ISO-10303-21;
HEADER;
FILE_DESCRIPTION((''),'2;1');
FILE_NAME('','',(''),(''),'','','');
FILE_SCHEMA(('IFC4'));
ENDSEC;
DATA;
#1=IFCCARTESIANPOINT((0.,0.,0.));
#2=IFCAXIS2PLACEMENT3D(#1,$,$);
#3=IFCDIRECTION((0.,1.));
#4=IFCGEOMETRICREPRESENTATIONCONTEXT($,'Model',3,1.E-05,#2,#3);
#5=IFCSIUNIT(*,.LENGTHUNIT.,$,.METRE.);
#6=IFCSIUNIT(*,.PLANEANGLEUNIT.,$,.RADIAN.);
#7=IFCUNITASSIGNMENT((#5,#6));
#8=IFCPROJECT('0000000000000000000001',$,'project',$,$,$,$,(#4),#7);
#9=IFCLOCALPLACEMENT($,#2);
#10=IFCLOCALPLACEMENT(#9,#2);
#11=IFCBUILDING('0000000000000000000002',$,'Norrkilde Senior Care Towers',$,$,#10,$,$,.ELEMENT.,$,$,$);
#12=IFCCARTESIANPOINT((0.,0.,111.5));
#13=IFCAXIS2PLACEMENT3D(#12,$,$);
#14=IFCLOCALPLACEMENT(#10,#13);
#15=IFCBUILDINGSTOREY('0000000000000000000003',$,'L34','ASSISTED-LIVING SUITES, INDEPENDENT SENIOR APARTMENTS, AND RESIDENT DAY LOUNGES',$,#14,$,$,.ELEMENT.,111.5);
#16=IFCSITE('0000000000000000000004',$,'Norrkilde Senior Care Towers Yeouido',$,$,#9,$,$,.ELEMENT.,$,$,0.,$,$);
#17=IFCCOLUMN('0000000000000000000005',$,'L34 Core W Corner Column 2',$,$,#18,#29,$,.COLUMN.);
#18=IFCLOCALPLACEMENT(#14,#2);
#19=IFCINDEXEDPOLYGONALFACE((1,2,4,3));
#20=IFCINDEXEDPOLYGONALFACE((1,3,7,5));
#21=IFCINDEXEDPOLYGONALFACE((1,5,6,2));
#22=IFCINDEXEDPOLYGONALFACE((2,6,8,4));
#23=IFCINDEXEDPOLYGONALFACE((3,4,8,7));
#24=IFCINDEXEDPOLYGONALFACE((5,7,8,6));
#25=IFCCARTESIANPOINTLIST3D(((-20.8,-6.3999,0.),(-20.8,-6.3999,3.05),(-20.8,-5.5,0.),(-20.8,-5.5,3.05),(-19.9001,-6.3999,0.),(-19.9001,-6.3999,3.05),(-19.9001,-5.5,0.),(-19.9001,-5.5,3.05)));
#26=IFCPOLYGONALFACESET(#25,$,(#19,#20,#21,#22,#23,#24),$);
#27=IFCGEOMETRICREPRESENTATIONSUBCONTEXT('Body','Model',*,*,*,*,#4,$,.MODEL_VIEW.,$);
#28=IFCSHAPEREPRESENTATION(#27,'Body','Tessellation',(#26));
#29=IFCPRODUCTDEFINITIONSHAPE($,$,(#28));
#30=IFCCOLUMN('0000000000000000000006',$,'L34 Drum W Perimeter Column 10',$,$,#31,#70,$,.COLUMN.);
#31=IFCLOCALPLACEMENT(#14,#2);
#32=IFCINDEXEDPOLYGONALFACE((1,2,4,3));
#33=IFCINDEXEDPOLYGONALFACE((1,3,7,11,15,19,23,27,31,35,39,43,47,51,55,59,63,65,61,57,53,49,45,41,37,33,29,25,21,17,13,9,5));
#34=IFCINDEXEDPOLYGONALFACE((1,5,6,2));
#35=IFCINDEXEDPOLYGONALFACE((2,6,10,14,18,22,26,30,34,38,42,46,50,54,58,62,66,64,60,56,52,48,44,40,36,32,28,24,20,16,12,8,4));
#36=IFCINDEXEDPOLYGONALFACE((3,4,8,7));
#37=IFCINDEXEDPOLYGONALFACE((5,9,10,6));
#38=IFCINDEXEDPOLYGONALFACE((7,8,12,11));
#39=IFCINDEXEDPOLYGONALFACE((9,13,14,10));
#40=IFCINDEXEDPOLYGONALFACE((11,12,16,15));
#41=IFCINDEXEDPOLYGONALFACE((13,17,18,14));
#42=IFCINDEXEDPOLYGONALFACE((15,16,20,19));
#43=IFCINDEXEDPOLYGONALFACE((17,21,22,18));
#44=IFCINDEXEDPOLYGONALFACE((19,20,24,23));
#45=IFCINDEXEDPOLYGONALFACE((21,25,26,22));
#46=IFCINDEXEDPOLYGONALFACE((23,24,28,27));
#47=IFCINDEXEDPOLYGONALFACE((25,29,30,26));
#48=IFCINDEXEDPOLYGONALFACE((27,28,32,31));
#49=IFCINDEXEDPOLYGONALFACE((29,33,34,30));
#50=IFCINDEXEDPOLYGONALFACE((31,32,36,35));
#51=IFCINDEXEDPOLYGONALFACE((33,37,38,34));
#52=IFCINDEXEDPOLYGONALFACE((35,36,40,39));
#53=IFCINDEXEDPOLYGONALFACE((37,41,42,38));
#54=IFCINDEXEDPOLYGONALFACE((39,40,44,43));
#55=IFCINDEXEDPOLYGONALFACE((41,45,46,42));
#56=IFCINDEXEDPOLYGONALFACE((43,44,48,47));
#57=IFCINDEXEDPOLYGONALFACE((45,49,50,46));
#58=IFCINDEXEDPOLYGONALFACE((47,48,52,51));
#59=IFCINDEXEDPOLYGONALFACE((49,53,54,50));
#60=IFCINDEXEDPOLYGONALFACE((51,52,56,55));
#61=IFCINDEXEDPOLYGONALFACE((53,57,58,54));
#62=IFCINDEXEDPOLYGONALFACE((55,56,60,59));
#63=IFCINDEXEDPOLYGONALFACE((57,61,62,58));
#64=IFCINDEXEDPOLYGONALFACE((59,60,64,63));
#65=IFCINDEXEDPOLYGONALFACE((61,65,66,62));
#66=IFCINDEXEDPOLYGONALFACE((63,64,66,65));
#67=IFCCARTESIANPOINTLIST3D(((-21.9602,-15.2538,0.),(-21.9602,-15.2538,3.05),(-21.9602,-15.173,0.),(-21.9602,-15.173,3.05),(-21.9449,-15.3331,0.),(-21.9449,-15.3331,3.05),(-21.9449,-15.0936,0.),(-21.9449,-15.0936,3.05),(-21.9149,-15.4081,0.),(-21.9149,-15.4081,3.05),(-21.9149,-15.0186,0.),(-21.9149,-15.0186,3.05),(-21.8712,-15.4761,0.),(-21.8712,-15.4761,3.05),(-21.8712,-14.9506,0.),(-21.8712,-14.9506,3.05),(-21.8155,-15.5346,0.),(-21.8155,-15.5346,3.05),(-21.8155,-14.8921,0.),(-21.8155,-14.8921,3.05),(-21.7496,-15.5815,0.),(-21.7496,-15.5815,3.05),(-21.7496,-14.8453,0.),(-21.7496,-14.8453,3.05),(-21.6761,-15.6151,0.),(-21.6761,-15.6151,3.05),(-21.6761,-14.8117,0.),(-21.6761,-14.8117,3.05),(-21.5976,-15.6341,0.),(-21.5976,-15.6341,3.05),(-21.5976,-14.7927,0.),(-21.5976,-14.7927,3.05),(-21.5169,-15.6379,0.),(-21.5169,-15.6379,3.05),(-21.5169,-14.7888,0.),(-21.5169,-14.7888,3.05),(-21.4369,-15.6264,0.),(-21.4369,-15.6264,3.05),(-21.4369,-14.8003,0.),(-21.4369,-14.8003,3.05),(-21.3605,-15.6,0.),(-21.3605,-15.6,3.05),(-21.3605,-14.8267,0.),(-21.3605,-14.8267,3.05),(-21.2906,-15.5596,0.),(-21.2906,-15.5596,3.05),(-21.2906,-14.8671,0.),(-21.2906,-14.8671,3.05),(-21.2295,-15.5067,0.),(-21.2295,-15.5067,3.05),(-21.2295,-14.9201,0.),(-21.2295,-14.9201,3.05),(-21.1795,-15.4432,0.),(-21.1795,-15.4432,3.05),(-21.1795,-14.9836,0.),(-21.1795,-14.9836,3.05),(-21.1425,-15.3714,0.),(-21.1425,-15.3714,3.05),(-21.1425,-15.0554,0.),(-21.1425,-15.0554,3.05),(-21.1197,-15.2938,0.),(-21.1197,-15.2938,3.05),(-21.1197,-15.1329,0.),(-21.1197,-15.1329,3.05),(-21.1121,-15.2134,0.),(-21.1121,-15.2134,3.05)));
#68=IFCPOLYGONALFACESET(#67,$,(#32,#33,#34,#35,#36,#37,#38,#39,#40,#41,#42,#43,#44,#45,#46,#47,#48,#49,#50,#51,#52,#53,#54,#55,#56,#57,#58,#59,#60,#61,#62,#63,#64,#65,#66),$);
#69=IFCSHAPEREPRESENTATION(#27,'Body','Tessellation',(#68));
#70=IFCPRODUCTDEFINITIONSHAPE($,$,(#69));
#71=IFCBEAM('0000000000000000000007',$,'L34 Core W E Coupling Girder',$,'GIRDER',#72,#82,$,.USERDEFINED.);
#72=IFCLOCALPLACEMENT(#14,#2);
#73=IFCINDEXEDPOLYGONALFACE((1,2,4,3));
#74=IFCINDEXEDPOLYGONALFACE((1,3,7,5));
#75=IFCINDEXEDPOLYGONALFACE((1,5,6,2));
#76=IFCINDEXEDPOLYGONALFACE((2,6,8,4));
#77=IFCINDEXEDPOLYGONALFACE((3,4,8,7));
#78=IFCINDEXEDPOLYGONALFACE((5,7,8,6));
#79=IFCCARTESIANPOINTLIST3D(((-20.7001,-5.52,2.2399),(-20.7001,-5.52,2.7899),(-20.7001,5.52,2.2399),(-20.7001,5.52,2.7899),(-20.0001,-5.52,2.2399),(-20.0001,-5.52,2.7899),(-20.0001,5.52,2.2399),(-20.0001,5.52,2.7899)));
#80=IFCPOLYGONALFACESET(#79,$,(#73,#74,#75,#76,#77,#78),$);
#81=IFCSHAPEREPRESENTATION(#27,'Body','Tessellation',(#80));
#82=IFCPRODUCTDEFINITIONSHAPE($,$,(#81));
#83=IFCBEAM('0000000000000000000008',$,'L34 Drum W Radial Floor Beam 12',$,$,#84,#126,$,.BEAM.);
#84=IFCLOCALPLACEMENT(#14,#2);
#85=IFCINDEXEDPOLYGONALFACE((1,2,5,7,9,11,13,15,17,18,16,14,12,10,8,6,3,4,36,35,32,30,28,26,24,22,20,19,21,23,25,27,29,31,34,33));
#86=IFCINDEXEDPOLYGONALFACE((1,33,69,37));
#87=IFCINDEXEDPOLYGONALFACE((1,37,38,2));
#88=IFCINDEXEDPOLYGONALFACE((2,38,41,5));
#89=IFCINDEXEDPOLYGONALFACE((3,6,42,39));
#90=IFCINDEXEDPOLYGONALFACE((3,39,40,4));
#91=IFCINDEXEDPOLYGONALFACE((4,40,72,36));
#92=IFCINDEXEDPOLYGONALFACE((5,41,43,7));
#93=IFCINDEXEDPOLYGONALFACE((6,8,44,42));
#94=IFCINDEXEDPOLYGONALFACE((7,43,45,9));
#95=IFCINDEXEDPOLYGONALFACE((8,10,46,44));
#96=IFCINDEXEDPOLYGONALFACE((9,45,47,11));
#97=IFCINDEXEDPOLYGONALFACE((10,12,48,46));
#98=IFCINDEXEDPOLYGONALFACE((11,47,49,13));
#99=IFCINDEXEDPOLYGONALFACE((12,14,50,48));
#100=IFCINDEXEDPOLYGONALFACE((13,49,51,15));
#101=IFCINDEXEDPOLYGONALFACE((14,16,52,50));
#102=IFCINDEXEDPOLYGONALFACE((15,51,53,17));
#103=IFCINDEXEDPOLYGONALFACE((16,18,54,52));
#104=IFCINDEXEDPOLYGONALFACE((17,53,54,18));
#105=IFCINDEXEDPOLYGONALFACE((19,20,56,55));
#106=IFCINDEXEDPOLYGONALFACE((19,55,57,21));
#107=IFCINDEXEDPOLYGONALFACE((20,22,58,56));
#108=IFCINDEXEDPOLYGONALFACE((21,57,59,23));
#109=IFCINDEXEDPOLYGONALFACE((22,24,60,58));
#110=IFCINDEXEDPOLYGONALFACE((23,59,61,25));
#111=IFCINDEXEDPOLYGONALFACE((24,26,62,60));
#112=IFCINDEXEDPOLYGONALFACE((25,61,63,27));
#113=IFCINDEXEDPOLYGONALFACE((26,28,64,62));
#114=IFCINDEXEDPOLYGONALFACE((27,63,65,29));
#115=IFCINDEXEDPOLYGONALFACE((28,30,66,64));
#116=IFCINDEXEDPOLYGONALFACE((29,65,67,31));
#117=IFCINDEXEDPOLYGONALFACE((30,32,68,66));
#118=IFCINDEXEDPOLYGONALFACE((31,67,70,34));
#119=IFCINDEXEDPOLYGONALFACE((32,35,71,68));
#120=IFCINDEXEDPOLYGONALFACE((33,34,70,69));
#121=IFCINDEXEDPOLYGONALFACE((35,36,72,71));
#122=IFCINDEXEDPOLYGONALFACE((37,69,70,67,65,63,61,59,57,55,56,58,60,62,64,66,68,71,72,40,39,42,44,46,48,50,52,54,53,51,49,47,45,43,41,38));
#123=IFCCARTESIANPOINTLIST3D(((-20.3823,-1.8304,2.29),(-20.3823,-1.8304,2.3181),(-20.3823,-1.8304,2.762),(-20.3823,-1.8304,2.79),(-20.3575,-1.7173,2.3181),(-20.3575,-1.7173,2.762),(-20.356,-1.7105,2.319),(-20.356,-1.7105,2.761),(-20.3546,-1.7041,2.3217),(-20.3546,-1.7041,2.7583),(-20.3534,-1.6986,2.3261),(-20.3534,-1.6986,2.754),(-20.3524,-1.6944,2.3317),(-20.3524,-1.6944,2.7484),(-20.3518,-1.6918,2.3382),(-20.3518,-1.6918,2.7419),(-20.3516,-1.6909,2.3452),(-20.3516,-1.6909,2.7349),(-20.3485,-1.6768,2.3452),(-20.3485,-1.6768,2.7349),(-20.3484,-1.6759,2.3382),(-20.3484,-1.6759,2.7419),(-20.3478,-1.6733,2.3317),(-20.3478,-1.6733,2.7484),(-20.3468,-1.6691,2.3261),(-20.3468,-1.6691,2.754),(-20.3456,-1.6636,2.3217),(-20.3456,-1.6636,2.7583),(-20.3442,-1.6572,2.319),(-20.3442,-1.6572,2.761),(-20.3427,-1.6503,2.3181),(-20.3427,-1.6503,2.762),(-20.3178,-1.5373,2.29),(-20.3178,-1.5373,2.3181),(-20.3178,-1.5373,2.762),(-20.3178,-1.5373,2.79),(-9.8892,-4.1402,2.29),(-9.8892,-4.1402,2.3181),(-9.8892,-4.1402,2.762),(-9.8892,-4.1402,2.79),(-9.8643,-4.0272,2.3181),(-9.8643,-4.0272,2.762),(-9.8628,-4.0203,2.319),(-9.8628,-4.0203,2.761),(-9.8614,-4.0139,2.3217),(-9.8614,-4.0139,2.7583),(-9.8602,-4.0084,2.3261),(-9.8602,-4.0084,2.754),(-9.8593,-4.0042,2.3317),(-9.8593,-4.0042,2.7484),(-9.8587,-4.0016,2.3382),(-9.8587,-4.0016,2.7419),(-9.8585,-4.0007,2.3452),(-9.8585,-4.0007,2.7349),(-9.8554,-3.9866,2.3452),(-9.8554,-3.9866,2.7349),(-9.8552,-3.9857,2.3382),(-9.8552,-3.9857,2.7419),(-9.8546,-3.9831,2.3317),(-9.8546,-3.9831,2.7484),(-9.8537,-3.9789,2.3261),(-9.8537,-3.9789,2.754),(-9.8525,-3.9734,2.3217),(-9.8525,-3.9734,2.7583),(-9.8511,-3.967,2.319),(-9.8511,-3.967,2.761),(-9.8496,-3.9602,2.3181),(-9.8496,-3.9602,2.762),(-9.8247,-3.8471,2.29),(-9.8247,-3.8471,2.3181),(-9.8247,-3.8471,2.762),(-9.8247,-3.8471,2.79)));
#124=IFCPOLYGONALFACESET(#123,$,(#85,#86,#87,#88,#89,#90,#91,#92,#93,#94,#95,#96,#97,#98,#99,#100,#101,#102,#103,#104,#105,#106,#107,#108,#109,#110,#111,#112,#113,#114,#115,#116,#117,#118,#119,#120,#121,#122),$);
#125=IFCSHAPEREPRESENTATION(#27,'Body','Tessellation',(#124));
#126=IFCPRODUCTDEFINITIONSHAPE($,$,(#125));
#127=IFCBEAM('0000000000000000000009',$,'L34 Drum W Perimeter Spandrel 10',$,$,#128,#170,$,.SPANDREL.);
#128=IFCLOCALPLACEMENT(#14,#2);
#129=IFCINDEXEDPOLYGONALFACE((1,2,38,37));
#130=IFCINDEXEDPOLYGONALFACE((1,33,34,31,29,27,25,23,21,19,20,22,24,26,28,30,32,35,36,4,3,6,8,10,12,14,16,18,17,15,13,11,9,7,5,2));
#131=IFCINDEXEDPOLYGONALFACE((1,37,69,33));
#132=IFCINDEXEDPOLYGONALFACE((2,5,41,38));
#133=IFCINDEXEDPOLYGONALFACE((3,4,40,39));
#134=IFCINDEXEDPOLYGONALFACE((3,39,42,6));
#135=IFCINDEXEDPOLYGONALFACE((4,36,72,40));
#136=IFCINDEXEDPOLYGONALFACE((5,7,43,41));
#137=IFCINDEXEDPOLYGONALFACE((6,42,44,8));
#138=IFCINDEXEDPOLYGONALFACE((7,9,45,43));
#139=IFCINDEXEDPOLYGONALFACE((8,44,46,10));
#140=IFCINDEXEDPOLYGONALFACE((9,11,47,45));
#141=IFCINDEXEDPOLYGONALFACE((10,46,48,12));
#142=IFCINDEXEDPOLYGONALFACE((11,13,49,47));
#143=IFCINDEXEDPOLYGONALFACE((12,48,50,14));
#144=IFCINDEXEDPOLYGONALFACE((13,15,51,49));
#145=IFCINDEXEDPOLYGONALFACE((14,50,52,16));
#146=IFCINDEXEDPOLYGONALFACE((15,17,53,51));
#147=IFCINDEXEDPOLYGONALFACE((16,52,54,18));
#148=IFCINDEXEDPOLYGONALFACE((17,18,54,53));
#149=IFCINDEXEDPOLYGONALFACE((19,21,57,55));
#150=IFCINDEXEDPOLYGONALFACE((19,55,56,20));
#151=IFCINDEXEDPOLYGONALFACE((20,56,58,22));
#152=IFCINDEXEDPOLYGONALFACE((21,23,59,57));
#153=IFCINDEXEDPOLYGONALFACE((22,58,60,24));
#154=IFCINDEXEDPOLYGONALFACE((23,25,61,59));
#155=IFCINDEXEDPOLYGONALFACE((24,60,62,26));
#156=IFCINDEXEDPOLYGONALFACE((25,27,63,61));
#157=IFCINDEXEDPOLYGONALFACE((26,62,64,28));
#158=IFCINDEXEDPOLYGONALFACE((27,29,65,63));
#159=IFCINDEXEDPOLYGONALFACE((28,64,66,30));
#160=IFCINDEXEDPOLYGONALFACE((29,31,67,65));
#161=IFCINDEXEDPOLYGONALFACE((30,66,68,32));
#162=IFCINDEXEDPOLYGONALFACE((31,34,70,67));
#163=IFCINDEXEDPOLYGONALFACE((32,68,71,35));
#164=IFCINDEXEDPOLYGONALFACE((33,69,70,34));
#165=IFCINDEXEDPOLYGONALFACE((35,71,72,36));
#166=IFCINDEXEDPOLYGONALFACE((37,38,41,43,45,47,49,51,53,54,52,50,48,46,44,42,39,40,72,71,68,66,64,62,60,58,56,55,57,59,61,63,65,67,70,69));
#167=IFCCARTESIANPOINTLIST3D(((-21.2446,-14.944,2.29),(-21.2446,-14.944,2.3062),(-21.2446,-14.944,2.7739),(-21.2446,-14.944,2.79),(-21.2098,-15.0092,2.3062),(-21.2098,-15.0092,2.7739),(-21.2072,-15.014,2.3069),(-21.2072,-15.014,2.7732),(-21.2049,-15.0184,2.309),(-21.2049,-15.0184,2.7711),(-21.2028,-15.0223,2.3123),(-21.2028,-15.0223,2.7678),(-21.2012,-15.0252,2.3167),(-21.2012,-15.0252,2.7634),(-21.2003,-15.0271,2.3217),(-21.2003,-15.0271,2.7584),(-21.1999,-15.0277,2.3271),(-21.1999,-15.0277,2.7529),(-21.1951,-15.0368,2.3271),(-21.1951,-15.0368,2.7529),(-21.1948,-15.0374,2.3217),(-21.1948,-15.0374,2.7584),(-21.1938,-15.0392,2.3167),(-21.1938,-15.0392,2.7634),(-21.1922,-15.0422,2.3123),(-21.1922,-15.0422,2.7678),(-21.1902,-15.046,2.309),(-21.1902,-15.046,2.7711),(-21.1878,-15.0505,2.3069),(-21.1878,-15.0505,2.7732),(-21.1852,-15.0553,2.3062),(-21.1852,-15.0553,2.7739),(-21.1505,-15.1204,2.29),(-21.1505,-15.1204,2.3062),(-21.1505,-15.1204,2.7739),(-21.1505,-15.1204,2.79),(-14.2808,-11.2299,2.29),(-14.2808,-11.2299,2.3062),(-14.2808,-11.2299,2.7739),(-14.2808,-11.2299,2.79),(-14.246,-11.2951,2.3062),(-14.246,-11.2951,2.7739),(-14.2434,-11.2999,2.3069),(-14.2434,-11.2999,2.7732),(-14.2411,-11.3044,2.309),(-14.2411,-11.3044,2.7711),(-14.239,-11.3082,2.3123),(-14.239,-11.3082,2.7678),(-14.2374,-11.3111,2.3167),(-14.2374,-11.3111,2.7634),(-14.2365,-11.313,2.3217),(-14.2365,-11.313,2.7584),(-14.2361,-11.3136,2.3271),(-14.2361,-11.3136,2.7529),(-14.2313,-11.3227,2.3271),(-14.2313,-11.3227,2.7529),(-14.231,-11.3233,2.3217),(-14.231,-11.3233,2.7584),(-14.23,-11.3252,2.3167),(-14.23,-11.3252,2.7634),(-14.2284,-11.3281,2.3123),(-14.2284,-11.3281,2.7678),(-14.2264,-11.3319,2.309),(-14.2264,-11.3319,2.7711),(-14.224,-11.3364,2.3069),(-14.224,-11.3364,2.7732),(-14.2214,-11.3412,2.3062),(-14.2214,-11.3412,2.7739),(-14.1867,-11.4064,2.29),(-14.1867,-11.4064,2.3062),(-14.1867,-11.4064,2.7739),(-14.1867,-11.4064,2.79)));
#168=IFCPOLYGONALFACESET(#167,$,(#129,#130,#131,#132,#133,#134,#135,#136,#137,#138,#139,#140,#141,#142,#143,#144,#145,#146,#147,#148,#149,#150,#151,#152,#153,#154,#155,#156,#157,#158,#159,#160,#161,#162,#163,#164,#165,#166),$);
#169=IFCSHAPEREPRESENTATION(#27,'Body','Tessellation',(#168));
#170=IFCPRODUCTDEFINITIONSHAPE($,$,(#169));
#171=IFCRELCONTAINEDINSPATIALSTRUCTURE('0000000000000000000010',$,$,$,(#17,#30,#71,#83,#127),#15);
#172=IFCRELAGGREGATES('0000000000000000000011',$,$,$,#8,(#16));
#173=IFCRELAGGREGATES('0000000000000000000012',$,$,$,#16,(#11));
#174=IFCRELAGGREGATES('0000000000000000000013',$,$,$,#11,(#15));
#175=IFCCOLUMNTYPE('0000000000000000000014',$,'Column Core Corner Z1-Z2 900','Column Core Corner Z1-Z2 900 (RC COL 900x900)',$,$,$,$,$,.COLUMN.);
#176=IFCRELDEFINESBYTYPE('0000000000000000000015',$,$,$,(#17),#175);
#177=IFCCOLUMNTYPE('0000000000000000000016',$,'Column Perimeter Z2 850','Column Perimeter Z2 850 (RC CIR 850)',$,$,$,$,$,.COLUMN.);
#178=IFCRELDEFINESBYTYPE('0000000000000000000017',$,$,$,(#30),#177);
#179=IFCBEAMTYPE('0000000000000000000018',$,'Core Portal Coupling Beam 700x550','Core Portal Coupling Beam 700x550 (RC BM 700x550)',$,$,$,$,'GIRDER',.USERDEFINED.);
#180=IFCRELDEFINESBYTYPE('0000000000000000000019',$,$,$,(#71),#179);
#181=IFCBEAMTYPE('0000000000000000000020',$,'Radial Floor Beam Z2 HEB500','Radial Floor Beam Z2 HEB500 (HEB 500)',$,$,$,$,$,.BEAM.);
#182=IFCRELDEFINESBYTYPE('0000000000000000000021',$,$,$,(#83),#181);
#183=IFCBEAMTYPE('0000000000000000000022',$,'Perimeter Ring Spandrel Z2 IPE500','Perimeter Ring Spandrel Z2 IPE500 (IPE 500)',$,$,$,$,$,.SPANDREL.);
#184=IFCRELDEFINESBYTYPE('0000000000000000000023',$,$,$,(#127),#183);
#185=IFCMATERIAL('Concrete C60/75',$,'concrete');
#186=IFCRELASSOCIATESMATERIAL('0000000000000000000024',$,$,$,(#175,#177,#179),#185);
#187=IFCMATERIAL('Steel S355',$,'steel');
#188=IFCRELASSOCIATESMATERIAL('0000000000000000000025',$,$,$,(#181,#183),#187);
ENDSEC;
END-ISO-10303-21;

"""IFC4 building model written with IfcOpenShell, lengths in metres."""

from ifc_helpers import new_model, si_unit, direction, frame, origin, origin_2d, place, context, subcontext, project, spatial, rectangle, circle, i_section, extrude, source, transform, mapped, material, material_profile, profile_set, type_object, type_shapes, element, save


model = new_model("IFC4")

# Units and contexts
model_context = context("Model", 3, precision=1e-05, world=origin(), true_north=direction((0.0, 1.0)))
body_context = subcontext(model_context, "Body", "Model", "MODEL_VIEW")
ifc_project = project(units=[si_unit("LENGTHUNIT", "METRE"), si_unit("PLANEANGLEUNIT", "RADIAN")], contexts=[model_context])

# Site, building, storey
site_placement = place(None, origin())
site = spatial("IfcSite", under=ifc_project, at=site_placement, Name="Norrkilde Senior Care Towers Yeouido", CompositionType="ELEMENT", RefElevation=0.0)
building_placement = place(site_placement, origin())
building = spatial("IfcBuilding", under=site, at=building_placement, Name="Norrkilde Senior Care Towers", CompositionType="ELEMENT")
storey_placement = place(building_placement, frame((0.0, 0.0, 111.5)))
storey = spatial("IfcBuildingStorey", under=building, at=storey_placement, Name="L34", Description="ASSISTED-LIVING SUITES, INDEPENDENT SENIOR APARTMENTS, AND RESIDENT DAY LOUNGES", CompositionType="ELEMENT", Elevation=111.5)

# Columns
ifc_material_1 = material(Name="Concrete C60/75", Category="concrete")
ifc_material_profile_1 = material_profile(ifc_material_1, rectangle(XDim=0.8999, YDim=0.8999, at=origin_2d()), Name="RC COL 900x900")
ifc_profile_set_1 = profile_set([ifc_material_profile_1], Name="Concrete C60/75")
column_type_1 = type_object("IfcColumnType", Name="Column Core Corner Z1-Z2 900", Description="Column Core Corner Z1-Z2 900 (RC COL 900x900)", PredefinedType="COLUMN", material=ifc_profile_set_1)
shared_shape_1 = source(origin(), body_context, "Body", "SweptSolid", [
    extrude(rectangle(XDim=0.8999, YDim=0.8999, at=origin_2d()), origin(), (0.0, 0.0, 1.0), 3.05),
])
type_shapes(column_type_1, [shared_shape_1])
column_1_placement = place(storey_placement, frame((-20.3501, -5.95, 0.0), z_axis=(0.0, 0.0, 1.0), x_axis=(1.0, 0.0, 0.0)))
element("IfcColumn", 1, at=column_1_placement, inside=storey, type_object=column_type_1, Name="L34 Core W Corner Column 2", PredefinedType="COLUMN", context=body_context, shape_type="MappedRepresentation", body=[
    mapped(shared_shape_1, transform((0.0, 0.0, 0.0), x_axis=(1.0, 0.0, 0.0), y_axis=(0.0, 1.0, 0.0), z_axis=(0.0, 0.0, 1.0), scale=1.0)),
])
ifc_material_profile_2 = material_profile(ifc_material_1, circle(Radius=0.425, at=origin_2d()), Name="RC CIR 850")
ifc_profile_set_2 = profile_set([ifc_material_profile_2], Name="Concrete C60/75")
column_type_2 = type_object("IfcColumnType", Name="Column Perimeter Z2 850", Description="Column Perimeter Z2 850 (RC CIR 850)", PredefinedType="COLUMN", material=ifc_profile_set_2)
shared_shape_2 = source(origin(), body_context, "Body", "SweptSolid", [
    extrude(circle(Radius=0.425, at=origin_2d()), origin(), (0.0, 0.0, 1.0), 3.05),
])
type_shapes(column_type_2, [shared_shape_2])
column_2_placement = place(storey_placement, frame((-21.5371, -15.2134, 0.0), z_axis=(0.0, 0.0, 1.0), x_axis=(1.0, 0.0, 0.0)))
element("IfcColumn", 2, at=column_2_placement, inside=storey, type_object=column_type_2, Name="L34 Drum W Perimeter Column 10", PredefinedType="COLUMN", context=body_context, shape_type="MappedRepresentation", body=[
    mapped(shared_shape_2, transform((0.0, 0.0, 0.0), x_axis=(1.0, 0.0, 0.0), y_axis=(0.0, 1.0, 0.0), z_axis=(0.0, 0.0, 1.0), scale=1.0)),
])

# Beams
ifc_material_profile_3 = material_profile(ifc_material_1, rectangle(XDim=0.7, YDim=0.55, at=origin_2d()), Name="RC BM 700x550")
ifc_profile_set_3 = profile_set([ifc_material_profile_3], Name="Concrete C60/75")
beam_type_1 = type_object("IfcBeamType", Name="Core Portal Coupling Beam 700x550", Description="Core Portal Coupling Beam 700x550 (RC BM 700x550)", ElementType="GIRDER", PredefinedType="USERDEFINED", material=ifc_profile_set_3)
shared_shape_3 = source(origin(), body_context, "Body", "SweptSolid", [
    extrude(rectangle(XDim=0.7, YDim=0.55, at=origin_2d()), origin(), (0.0, 0.0, 1.0), 11.04),
])
type_shapes(beam_type_1, [shared_shape_3])
beam_1_placement = place(storey_placement, frame((-20.3501, -5.52, 2.5149), z_axis=(0.0, 1.0, 0.0), x_axis=(-1.0, 0.0, 0.0)))
element("IfcBeam", 3, at=beam_1_placement, inside=storey, type_object=beam_type_1, Name="L34 Core W E Coupling Girder", ObjectType="GIRDER", PredefinedType="USERDEFINED", context=body_context, shape_type="MappedRepresentation", body=[
    mapped(shared_shape_3, transform((0.0, 0.0, 0.0), x_axis=(1.0, 0.0, 0.0), y_axis=(0.0, 1.0, 0.0), z_axis=(0.0, 0.0, 1.0), scale=1.0)),
])
ifc_material_2 = material(Name="Steel S355", Category="steel")
ifc_material_profile_4 = material_profile(ifc_material_2, i_section(OverallWidth=0.3, OverallDepth=0.5, WebThickness=0.0144, FlangeThickness=0.0281, FilletRadius=0.0271, at=origin_2d()), Name="HEB 500")
ifc_profile_set_4 = profile_set([ifc_material_profile_4], Name="Steel S355")
beam_type_2 = type_object("IfcBeamType", Name="Radial Floor Beam Z2 HEB500", Description="Radial Floor Beam Z2 HEB500 (HEB 500)", PredefinedType="BEAM", material=ifc_profile_set_4)
shared_shape_4 = source(origin(), body_context, "Body", "SweptSolid", [
    extrude(i_section(OverallWidth=0.3, OverallDepth=0.5, WebThickness=0.0144, FlangeThickness=0.0281, FilletRadius=0.0271, at=origin_2d()), origin(), (0.0, 0.0, 1.0), 10.7444),
])
beam_2_placement = place(storey_placement, frame((-20.3501, -1.6838, 2.54), z_axis=(0.976619, -0.214979, 0.0), x_axis=(0.214979, 0.976619, 0.0)))
element("IfcBeam", 4, at=beam_2_placement, inside=storey, type_object=beam_type_2, Name="L34 Drum W Radial Floor Beam 12", PredefinedType="BEAM", context=body_context, shape_type="MappedRepresentation", body=[
    mapped(shared_shape_4, transform((0.0, 0.0, 0.0), x_axis=(1.0, 0.0, 0.0), y_axis=(0.0, 1.0, 0.0), z_axis=(0.0, 0.0, 1.0), scale=1.0)),
])
ifc_material_profile_5 = material_profile(ifc_material_2, i_section(OverallWidth=0.2, OverallDepth=0.5, WebThickness=0.0103, FlangeThickness=0.0161, FilletRadius=0.021, at=origin_2d()), Name="IPE 500")
ifc_profile_set_5 = profile_set([ifc_material_profile_5], Name="Steel S355")
beam_type_3 = type_object("IfcBeamType", Name="Perimeter Ring Spandrel Z2 IPE500", Description="Perimeter Ring Spandrel Z2 IPE500 (IPE 500)", PredefinedType="SPANDREL", material=ifc_profile_set_5)
shared_shape_5 = source(origin(), body_context, "Body", "SweptSolid", [
    extrude(i_section(OverallWidth=0.2, OverallDepth=0.5, WebThickness=0.0103, FlangeThickness=0.0161, FilletRadius=0.021, at=origin_2d()), origin(), (0.0, 0.0, 1.0), 7.8923),
])
type_shapes(beam_type_3, [shared_shape_5])
beam_3_placement = place(storey_placement, frame((-21.1975, -15.0322, 2.54), z_axis=(0.88235, 0.470593, 0.0), x_axis=(-0.470593, 0.88235, 0.0)))
element("IfcBeam", 5, at=beam_3_placement, inside=storey, type_object=beam_type_3, Name="L34 Drum W Perimeter Spandrel 10", PredefinedType="SPANDREL", context=body_context, shape_type="MappedRepresentation", body=[
    mapped(shared_shape_5, transform((0.0, 0.0, 0.0), x_axis=(1.0, 0.0, 0.0), y_axis=(0.0, 1.0, 0.0), z_axis=(0.0, 0.0, 1.0), scale=1.0)),
])

save(model, "model.ifc")
